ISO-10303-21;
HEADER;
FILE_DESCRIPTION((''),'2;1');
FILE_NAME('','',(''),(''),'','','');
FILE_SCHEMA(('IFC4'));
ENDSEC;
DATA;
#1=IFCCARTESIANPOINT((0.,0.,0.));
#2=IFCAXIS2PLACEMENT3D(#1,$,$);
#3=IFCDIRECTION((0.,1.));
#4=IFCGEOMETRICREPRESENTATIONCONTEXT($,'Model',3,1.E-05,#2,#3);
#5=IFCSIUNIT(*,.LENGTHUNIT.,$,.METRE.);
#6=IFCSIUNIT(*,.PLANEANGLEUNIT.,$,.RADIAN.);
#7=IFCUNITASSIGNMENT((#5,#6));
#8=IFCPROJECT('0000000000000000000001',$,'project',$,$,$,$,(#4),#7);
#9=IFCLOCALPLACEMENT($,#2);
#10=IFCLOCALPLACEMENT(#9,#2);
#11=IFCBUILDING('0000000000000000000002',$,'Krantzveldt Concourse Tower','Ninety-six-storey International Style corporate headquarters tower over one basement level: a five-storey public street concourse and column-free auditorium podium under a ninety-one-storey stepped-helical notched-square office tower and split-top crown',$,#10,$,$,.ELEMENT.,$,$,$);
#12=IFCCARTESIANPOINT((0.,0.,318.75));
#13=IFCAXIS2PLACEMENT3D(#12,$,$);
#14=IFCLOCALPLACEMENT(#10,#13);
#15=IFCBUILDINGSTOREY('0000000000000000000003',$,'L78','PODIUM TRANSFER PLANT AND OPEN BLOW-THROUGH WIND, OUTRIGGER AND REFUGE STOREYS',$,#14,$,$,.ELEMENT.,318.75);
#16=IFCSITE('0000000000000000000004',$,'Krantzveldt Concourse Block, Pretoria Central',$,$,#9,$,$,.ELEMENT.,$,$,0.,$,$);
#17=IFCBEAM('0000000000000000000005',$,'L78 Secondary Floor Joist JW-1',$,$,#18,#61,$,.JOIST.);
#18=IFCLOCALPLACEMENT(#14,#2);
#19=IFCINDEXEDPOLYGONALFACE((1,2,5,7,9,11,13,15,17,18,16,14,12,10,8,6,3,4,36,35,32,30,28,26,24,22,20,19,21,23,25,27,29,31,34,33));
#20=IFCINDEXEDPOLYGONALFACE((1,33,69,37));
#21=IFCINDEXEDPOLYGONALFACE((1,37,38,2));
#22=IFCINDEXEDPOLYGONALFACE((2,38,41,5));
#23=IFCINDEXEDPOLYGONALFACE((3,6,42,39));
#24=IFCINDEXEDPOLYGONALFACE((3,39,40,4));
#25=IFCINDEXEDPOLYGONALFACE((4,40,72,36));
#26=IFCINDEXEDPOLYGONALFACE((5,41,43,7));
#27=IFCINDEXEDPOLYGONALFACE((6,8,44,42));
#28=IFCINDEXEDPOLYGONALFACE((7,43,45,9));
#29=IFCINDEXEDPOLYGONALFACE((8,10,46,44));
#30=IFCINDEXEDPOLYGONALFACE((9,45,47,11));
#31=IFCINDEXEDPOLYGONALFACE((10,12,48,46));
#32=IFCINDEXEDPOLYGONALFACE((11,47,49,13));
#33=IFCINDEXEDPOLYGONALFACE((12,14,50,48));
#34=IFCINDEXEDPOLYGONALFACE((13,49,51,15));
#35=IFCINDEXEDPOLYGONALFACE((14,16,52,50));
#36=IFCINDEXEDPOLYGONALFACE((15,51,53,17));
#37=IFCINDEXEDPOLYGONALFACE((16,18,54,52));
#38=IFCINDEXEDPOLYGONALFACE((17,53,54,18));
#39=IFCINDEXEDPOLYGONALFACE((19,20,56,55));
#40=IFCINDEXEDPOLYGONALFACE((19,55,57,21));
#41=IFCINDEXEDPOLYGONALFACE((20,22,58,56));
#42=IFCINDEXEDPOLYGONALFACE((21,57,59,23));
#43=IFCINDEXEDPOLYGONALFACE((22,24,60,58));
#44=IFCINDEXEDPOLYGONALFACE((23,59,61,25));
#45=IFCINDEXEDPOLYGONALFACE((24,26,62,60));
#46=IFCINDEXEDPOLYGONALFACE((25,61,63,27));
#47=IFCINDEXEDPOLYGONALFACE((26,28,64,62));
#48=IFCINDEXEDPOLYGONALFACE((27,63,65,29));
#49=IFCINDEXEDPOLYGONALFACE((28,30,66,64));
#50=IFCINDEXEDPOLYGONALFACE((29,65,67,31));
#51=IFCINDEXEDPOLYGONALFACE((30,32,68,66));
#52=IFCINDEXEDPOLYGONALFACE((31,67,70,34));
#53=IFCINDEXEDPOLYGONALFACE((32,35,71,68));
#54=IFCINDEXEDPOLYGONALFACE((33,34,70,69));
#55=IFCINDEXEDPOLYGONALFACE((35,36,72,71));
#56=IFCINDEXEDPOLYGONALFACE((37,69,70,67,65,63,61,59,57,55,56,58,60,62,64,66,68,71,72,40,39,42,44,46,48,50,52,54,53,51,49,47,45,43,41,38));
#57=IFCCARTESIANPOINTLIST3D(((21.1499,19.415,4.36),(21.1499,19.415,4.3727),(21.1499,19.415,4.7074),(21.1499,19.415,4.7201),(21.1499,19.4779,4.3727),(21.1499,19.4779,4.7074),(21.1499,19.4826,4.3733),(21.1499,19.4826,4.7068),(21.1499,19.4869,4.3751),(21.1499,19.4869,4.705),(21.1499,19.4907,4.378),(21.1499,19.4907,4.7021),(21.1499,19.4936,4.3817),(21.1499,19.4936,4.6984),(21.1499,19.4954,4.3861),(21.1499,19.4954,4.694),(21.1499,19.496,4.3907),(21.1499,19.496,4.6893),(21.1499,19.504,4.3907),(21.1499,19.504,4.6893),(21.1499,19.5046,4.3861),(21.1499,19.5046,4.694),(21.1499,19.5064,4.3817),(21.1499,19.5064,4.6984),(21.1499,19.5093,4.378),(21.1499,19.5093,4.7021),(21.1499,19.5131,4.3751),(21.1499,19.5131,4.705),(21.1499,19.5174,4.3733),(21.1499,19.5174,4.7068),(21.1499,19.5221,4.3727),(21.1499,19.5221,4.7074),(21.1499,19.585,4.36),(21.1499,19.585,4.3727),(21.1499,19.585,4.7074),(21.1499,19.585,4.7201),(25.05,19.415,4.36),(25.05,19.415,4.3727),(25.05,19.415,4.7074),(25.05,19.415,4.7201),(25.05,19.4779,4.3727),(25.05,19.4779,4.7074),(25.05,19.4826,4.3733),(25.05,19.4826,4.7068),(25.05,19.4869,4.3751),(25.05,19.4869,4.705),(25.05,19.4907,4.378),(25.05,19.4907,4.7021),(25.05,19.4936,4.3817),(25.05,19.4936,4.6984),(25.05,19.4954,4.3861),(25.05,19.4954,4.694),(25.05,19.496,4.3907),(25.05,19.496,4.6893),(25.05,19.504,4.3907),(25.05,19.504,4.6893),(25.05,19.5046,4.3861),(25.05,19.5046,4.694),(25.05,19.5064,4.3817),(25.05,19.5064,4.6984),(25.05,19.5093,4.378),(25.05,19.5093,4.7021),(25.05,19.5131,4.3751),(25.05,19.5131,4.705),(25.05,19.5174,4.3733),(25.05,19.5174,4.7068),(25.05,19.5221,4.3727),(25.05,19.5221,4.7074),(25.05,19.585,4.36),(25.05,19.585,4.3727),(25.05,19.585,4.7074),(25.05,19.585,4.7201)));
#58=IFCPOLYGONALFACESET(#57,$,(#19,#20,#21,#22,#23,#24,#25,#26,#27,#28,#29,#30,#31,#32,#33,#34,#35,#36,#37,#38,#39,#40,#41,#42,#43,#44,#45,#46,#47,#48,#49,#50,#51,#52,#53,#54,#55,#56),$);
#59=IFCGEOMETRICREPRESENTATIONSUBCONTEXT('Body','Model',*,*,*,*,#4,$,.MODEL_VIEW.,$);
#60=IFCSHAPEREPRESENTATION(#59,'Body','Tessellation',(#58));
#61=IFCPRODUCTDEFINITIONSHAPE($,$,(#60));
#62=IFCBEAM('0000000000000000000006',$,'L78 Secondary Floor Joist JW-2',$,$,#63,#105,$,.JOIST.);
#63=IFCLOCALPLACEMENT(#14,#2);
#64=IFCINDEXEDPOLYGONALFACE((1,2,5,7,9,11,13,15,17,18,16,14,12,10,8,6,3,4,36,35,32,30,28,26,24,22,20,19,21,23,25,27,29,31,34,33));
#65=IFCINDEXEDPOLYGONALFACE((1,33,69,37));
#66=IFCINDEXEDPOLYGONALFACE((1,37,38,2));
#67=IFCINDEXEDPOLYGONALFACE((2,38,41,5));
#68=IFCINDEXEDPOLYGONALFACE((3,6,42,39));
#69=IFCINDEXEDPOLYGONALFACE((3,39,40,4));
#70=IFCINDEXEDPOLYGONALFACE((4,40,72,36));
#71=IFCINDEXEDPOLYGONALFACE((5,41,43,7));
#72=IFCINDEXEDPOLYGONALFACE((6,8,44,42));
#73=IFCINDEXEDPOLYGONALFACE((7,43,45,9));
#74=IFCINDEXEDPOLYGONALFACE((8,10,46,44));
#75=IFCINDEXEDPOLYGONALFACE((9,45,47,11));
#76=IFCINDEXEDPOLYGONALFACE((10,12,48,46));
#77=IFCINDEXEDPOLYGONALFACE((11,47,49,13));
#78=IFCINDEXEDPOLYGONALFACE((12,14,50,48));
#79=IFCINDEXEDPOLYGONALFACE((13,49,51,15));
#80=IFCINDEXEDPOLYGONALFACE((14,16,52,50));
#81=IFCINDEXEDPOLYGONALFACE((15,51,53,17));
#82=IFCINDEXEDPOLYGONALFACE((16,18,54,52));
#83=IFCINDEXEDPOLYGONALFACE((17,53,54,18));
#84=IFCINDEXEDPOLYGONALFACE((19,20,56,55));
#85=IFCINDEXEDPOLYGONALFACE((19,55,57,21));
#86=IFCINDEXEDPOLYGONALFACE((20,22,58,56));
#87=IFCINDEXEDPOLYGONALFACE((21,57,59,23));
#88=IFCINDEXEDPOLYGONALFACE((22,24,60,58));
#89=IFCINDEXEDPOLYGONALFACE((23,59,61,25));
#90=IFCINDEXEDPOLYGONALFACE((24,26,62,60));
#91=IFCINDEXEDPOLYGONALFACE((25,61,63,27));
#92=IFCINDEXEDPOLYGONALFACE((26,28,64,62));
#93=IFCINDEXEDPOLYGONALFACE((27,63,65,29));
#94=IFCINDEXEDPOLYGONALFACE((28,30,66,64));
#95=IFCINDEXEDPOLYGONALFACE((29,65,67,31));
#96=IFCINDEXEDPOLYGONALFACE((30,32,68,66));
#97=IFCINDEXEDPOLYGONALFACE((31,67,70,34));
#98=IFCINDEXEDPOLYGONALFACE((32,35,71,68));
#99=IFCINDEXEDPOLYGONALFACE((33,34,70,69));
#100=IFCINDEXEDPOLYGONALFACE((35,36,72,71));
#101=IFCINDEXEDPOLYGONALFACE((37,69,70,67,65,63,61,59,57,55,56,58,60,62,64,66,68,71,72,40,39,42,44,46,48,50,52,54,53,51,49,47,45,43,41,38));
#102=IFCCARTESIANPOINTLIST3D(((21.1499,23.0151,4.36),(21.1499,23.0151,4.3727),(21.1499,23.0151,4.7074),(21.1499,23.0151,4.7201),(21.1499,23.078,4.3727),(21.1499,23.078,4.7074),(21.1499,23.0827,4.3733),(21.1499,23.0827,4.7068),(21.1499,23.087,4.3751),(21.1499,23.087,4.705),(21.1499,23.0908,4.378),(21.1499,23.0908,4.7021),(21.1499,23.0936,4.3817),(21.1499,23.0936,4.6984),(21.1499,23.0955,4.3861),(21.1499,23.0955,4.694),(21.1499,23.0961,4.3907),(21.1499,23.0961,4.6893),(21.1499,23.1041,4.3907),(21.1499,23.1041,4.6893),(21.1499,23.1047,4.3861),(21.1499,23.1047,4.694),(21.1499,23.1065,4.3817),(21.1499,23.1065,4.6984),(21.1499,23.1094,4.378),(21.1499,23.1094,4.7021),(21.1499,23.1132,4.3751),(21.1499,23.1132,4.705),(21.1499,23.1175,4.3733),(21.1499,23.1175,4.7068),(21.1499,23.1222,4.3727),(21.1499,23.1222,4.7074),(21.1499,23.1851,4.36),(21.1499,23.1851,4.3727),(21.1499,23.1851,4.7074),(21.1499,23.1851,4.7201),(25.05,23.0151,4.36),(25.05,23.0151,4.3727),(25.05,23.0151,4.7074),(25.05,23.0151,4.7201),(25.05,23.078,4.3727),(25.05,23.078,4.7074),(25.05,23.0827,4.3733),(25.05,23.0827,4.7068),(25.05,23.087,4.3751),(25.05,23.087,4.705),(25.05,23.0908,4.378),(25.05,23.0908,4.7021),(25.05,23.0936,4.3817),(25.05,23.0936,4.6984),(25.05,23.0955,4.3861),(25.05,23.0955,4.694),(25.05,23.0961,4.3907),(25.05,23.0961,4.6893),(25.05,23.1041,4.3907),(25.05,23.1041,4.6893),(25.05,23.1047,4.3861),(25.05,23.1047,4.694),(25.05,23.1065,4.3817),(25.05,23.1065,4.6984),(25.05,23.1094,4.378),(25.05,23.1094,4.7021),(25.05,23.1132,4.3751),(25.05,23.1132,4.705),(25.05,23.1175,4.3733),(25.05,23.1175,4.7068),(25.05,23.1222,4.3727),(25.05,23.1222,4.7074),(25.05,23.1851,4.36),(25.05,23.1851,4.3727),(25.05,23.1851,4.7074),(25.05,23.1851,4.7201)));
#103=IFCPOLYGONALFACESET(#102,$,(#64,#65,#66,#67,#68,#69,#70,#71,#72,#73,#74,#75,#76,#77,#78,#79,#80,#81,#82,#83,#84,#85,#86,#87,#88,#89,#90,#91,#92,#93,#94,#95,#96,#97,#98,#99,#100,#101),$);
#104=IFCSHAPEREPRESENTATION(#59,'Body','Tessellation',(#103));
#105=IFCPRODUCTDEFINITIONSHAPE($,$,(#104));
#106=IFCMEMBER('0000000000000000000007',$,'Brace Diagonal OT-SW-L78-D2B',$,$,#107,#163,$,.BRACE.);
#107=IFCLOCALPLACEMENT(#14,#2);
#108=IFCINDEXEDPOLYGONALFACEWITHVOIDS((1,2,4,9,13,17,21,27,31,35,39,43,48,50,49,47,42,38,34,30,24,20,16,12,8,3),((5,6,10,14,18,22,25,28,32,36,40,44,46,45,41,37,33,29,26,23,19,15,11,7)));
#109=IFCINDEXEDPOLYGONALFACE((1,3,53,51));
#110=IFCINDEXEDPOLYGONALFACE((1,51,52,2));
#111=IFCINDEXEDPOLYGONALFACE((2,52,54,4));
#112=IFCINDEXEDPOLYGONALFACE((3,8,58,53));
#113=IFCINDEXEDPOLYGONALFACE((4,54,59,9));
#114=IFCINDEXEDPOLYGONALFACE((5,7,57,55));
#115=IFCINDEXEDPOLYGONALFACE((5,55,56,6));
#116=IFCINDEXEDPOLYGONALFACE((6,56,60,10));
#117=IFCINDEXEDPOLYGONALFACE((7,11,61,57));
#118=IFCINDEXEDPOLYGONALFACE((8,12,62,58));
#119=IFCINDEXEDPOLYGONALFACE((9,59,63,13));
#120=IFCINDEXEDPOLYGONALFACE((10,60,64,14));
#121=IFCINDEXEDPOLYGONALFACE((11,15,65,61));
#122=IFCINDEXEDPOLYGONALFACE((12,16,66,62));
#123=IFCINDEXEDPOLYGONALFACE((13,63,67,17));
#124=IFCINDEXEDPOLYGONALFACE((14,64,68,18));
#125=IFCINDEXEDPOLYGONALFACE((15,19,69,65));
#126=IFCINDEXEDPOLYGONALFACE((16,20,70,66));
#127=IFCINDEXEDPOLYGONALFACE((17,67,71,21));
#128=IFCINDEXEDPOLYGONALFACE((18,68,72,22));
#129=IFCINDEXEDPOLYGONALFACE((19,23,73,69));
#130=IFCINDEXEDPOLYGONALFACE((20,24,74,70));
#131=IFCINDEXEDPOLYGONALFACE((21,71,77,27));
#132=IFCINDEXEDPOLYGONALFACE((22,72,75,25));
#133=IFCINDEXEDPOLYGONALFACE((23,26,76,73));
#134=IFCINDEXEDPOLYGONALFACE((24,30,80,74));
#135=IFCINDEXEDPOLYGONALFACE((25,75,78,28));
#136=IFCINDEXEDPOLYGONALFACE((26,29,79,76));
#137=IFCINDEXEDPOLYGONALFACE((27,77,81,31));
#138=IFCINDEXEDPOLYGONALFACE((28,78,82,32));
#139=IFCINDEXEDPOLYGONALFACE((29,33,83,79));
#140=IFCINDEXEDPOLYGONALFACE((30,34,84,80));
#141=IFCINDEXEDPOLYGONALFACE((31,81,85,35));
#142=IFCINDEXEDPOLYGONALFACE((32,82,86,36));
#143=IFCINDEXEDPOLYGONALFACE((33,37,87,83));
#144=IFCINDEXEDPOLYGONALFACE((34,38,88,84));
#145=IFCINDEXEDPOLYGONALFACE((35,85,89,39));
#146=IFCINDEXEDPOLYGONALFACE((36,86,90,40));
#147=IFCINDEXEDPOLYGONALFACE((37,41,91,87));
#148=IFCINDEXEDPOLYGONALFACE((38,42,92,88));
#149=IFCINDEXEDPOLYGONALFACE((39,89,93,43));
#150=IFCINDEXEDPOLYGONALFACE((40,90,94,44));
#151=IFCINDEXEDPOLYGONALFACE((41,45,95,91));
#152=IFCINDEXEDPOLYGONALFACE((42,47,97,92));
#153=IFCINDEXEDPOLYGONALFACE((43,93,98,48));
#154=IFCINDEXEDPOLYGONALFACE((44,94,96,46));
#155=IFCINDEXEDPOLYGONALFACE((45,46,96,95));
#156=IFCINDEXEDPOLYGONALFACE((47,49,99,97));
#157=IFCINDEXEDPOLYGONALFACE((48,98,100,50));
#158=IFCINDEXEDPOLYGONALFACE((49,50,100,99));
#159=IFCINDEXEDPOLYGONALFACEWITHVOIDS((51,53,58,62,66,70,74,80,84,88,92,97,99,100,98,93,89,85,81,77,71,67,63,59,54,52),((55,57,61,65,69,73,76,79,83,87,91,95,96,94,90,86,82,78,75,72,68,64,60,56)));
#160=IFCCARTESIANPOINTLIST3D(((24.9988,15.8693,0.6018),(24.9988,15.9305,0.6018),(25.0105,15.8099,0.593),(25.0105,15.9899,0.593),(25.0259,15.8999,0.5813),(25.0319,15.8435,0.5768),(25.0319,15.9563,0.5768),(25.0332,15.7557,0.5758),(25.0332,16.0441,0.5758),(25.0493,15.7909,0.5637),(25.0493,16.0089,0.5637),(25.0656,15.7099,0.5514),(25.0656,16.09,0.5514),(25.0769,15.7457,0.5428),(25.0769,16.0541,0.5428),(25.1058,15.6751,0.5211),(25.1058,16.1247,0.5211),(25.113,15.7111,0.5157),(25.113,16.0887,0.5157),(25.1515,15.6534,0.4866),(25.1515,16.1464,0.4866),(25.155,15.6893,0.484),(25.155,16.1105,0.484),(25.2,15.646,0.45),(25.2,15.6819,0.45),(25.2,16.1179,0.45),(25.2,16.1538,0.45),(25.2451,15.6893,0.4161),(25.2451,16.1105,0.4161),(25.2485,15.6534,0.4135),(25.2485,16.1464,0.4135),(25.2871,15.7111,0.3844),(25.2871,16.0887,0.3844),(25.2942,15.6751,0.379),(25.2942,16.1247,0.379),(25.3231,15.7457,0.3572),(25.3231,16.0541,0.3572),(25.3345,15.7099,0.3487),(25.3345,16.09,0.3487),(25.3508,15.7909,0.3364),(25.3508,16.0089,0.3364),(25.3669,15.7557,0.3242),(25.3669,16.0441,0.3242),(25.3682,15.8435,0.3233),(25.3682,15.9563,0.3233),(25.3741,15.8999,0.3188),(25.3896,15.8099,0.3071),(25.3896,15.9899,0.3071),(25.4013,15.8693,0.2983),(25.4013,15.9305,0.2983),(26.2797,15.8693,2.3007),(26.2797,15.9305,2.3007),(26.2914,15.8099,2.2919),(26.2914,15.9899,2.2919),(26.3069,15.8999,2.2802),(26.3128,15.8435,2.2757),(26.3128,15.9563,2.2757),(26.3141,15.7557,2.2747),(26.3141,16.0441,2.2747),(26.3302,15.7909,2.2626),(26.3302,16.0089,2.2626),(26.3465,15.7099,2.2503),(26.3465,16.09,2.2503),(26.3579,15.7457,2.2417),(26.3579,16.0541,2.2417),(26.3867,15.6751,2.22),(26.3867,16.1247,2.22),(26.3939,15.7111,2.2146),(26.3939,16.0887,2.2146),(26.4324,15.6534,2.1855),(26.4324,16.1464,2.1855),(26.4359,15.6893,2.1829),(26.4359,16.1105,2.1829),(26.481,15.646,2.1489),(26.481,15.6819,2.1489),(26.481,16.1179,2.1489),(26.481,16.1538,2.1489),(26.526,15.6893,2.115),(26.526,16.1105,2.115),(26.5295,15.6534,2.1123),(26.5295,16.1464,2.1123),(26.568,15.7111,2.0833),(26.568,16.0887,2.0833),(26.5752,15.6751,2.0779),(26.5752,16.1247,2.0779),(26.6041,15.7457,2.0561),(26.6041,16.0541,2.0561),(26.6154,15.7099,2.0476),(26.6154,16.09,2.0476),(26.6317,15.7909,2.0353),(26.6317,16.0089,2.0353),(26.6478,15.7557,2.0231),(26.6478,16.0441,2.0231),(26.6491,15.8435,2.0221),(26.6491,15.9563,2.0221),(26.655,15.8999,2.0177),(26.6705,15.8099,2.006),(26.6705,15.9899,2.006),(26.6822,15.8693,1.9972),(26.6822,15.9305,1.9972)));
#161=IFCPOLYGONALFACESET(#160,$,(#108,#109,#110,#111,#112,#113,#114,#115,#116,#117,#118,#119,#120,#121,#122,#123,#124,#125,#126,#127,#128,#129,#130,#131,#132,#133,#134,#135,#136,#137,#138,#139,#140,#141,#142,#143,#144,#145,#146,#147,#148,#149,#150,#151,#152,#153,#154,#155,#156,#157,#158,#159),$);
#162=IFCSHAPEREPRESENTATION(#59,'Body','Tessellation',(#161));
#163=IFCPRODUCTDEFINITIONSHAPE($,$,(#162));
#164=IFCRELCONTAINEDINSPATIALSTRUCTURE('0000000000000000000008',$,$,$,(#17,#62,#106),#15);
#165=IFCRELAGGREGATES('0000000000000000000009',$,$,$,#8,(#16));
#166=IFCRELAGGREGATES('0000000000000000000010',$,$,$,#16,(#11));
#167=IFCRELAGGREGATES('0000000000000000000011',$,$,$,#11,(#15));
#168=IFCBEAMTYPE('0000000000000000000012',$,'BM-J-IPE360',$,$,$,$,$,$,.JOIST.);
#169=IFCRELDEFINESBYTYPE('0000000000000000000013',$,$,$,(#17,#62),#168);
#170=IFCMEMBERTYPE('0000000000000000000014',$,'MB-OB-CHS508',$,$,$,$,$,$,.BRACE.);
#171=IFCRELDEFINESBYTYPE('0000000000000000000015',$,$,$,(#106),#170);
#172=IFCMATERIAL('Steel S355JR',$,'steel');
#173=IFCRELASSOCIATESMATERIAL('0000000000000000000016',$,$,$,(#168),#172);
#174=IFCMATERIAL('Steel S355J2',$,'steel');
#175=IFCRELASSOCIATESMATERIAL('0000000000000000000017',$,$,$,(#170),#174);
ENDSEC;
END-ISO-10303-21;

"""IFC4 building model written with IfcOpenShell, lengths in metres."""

from ifc_helpers import new_model, si_unit, direction, frame, origin, origin_2d, place, context, subcontext, project, spatial, hollow_circle, i_section, extrude, source, transform, mapped, material, material_profile, profile_set, type_object, type_shapes, element, save


model = new_model("IFC4")

# Units and contexts
model_context = context("Model", 3, precision=1e-05, world=origin(), true_north=direction((0.0, 1.0)))
body_context = subcontext(model_context, "Body", "Model", "MODEL_VIEW")
ifc_project = project(units=[si_unit("LENGTHUNIT", "METRE"), si_unit("PLANEANGLEUNIT", "RADIAN")], contexts=[model_context])

# Site, building, storey
site_placement = place(None, origin())
site = spatial("IfcSite", under=ifc_project, at=site_placement, Name="Krantzveldt Concourse Block, Pretoria Central", CompositionType="ELEMENT", RefElevation=0.0)
building_placement = place(site_placement, origin())
building = spatial("IfcBuilding", under=site, at=building_placement, Name="Krantzveldt Concourse Tower", Description="Ninety-six-storey International Style corporate headquarters tower over one basement level: a five-storey public street concourse and column-free auditorium podium under a ninety-one-storey stepped-helical notched-square office tower and split-top crown", CompositionType="ELEMENT")
storey_placement = place(building_placement, frame((0.0, 0.0, 318.75)))
storey = spatial("IfcBuildingStorey", under=building, at=storey_placement, Name="L78", Description="PODIUM TRANSFER PLANT AND OPEN BLOW-THROUGH WIND, OUTRIGGER AND REFUGE STOREYS", CompositionType="ELEMENT", Elevation=318.75)

# Shared definitions
ifc_material_1 = material(Name="Steel S355J2", Category="steel")

# Beams
ifc_material_2 = material(Name="Steel S355JR", Category="steel")
ifc_material_profile_1 = material_profile(ifc_material_2, i_section(OverallWidth=0.1699, OverallDepth=0.3601, WebThickness=0.0081, FlangeThickness=0.0127, FilletRadius=0.0181, at=origin_2d()), Name="Steel S355JR", Category="steel")
ifc_profile_set_1 = profile_set([ifc_material_profile_1], Name="Steel S355JR - IPE 360")
beam_type_1 = type_object("IfcBeamType", Name="BM-J-IPE360", PredefinedType="JOIST", material=ifc_profile_set_1)
shared_shape_1 = source(origin(), body_context, "Body", "SweptSolid", [
    extrude(i_section(OverallWidth=0.1699, OverallDepth=0.3601, WebThickness=0.0081, FlangeThickness=0.0127, FilletRadius=0.0181, at=origin_2d()), origin(), (0.0, 0.0, 1.0), 3.9001),
])
type_shapes(beam_type_1, [shared_shape_1])
for number, where, z_axis, x_axis, name in (
    (1, (21.1499, 19.5, 4.54), (1.0, 0.0, 0.0), (0.0, 1.0, 0.0), "L78 Secondary Floor Joist JW-1"),
    (2, (21.1499, 23.1001, 4.54), (1.0, 0.0, 0.0), (0.0, 1.0, 0.0), "L78 Secondary Floor Joist JW-2"),
):
    element("IfcBeam", number, at=place(storey_placement, frame(where, z_axis=z_axis, x_axis=x_axis)), inside=storey, type_object=beam_type_1, Name=name, PredefinedType="JOIST", context=body_context, shape_type="MappedRepresentation", body=[
        mapped(shared_shape_1, transform((0.0, 0.0, 0.0), x_axis=(1.0, 0.0, 0.0), y_axis=(0.0, 1.0, 0.0), z_axis=(0.0, 0.0, 1.0), scale=1.0)),
    ])

# Member
ifc_material_profile_2 = material_profile(ifc_material_1, hollow_circle(Radius=0.2539, WallThickness=0.0359, at=origin_2d()), Name="Steel S355J2", Category="steel")
ifc_profile_set_2 = profile_set([ifc_material_profile_2], Name="Steel S355J2 - CHS 508x36")
member_type_1 = type_object("IfcMemberType", Name="MB-OB-CHS508", PredefinedType="BRACE", material=ifc_profile_set_2)
shared_shape_2 = source(origin(), body_context, "Body", "SweptSolid", [
    extrude(hollow_circle(Radius=0.2539, WallThickness=0.0359, at=origin_2d()), origin(), (0.0, 0.0, 1.0), 2.1277),
])
type_shapes(member_type_1, [shared_shape_2])
member_1_placement = place(storey_placement, frame((26.481, 15.8999, 2.1489), z_axis=(-0.602036, 0.0, -0.798469), x_axis=(0.0, -1.0, 0.0)))
element("IfcMember", 3, at=member_1_placement, inside=storey, type_object=member_type_1, Name="Brace Diagonal OT-SW-L78-D2B", PredefinedType="BRACE", context=body_context, shape_type="MappedRepresentation", body=[
    mapped(shared_shape_2, transform((0.0, 0.0, 0.0), x_axis=(1.0, 0.0, 0.0), y_axis=(0.0, 1.0, 0.0), z_axis=(0.0, 0.0, 1.0), scale=1.0)),
])

save(model, "model.ifc")
